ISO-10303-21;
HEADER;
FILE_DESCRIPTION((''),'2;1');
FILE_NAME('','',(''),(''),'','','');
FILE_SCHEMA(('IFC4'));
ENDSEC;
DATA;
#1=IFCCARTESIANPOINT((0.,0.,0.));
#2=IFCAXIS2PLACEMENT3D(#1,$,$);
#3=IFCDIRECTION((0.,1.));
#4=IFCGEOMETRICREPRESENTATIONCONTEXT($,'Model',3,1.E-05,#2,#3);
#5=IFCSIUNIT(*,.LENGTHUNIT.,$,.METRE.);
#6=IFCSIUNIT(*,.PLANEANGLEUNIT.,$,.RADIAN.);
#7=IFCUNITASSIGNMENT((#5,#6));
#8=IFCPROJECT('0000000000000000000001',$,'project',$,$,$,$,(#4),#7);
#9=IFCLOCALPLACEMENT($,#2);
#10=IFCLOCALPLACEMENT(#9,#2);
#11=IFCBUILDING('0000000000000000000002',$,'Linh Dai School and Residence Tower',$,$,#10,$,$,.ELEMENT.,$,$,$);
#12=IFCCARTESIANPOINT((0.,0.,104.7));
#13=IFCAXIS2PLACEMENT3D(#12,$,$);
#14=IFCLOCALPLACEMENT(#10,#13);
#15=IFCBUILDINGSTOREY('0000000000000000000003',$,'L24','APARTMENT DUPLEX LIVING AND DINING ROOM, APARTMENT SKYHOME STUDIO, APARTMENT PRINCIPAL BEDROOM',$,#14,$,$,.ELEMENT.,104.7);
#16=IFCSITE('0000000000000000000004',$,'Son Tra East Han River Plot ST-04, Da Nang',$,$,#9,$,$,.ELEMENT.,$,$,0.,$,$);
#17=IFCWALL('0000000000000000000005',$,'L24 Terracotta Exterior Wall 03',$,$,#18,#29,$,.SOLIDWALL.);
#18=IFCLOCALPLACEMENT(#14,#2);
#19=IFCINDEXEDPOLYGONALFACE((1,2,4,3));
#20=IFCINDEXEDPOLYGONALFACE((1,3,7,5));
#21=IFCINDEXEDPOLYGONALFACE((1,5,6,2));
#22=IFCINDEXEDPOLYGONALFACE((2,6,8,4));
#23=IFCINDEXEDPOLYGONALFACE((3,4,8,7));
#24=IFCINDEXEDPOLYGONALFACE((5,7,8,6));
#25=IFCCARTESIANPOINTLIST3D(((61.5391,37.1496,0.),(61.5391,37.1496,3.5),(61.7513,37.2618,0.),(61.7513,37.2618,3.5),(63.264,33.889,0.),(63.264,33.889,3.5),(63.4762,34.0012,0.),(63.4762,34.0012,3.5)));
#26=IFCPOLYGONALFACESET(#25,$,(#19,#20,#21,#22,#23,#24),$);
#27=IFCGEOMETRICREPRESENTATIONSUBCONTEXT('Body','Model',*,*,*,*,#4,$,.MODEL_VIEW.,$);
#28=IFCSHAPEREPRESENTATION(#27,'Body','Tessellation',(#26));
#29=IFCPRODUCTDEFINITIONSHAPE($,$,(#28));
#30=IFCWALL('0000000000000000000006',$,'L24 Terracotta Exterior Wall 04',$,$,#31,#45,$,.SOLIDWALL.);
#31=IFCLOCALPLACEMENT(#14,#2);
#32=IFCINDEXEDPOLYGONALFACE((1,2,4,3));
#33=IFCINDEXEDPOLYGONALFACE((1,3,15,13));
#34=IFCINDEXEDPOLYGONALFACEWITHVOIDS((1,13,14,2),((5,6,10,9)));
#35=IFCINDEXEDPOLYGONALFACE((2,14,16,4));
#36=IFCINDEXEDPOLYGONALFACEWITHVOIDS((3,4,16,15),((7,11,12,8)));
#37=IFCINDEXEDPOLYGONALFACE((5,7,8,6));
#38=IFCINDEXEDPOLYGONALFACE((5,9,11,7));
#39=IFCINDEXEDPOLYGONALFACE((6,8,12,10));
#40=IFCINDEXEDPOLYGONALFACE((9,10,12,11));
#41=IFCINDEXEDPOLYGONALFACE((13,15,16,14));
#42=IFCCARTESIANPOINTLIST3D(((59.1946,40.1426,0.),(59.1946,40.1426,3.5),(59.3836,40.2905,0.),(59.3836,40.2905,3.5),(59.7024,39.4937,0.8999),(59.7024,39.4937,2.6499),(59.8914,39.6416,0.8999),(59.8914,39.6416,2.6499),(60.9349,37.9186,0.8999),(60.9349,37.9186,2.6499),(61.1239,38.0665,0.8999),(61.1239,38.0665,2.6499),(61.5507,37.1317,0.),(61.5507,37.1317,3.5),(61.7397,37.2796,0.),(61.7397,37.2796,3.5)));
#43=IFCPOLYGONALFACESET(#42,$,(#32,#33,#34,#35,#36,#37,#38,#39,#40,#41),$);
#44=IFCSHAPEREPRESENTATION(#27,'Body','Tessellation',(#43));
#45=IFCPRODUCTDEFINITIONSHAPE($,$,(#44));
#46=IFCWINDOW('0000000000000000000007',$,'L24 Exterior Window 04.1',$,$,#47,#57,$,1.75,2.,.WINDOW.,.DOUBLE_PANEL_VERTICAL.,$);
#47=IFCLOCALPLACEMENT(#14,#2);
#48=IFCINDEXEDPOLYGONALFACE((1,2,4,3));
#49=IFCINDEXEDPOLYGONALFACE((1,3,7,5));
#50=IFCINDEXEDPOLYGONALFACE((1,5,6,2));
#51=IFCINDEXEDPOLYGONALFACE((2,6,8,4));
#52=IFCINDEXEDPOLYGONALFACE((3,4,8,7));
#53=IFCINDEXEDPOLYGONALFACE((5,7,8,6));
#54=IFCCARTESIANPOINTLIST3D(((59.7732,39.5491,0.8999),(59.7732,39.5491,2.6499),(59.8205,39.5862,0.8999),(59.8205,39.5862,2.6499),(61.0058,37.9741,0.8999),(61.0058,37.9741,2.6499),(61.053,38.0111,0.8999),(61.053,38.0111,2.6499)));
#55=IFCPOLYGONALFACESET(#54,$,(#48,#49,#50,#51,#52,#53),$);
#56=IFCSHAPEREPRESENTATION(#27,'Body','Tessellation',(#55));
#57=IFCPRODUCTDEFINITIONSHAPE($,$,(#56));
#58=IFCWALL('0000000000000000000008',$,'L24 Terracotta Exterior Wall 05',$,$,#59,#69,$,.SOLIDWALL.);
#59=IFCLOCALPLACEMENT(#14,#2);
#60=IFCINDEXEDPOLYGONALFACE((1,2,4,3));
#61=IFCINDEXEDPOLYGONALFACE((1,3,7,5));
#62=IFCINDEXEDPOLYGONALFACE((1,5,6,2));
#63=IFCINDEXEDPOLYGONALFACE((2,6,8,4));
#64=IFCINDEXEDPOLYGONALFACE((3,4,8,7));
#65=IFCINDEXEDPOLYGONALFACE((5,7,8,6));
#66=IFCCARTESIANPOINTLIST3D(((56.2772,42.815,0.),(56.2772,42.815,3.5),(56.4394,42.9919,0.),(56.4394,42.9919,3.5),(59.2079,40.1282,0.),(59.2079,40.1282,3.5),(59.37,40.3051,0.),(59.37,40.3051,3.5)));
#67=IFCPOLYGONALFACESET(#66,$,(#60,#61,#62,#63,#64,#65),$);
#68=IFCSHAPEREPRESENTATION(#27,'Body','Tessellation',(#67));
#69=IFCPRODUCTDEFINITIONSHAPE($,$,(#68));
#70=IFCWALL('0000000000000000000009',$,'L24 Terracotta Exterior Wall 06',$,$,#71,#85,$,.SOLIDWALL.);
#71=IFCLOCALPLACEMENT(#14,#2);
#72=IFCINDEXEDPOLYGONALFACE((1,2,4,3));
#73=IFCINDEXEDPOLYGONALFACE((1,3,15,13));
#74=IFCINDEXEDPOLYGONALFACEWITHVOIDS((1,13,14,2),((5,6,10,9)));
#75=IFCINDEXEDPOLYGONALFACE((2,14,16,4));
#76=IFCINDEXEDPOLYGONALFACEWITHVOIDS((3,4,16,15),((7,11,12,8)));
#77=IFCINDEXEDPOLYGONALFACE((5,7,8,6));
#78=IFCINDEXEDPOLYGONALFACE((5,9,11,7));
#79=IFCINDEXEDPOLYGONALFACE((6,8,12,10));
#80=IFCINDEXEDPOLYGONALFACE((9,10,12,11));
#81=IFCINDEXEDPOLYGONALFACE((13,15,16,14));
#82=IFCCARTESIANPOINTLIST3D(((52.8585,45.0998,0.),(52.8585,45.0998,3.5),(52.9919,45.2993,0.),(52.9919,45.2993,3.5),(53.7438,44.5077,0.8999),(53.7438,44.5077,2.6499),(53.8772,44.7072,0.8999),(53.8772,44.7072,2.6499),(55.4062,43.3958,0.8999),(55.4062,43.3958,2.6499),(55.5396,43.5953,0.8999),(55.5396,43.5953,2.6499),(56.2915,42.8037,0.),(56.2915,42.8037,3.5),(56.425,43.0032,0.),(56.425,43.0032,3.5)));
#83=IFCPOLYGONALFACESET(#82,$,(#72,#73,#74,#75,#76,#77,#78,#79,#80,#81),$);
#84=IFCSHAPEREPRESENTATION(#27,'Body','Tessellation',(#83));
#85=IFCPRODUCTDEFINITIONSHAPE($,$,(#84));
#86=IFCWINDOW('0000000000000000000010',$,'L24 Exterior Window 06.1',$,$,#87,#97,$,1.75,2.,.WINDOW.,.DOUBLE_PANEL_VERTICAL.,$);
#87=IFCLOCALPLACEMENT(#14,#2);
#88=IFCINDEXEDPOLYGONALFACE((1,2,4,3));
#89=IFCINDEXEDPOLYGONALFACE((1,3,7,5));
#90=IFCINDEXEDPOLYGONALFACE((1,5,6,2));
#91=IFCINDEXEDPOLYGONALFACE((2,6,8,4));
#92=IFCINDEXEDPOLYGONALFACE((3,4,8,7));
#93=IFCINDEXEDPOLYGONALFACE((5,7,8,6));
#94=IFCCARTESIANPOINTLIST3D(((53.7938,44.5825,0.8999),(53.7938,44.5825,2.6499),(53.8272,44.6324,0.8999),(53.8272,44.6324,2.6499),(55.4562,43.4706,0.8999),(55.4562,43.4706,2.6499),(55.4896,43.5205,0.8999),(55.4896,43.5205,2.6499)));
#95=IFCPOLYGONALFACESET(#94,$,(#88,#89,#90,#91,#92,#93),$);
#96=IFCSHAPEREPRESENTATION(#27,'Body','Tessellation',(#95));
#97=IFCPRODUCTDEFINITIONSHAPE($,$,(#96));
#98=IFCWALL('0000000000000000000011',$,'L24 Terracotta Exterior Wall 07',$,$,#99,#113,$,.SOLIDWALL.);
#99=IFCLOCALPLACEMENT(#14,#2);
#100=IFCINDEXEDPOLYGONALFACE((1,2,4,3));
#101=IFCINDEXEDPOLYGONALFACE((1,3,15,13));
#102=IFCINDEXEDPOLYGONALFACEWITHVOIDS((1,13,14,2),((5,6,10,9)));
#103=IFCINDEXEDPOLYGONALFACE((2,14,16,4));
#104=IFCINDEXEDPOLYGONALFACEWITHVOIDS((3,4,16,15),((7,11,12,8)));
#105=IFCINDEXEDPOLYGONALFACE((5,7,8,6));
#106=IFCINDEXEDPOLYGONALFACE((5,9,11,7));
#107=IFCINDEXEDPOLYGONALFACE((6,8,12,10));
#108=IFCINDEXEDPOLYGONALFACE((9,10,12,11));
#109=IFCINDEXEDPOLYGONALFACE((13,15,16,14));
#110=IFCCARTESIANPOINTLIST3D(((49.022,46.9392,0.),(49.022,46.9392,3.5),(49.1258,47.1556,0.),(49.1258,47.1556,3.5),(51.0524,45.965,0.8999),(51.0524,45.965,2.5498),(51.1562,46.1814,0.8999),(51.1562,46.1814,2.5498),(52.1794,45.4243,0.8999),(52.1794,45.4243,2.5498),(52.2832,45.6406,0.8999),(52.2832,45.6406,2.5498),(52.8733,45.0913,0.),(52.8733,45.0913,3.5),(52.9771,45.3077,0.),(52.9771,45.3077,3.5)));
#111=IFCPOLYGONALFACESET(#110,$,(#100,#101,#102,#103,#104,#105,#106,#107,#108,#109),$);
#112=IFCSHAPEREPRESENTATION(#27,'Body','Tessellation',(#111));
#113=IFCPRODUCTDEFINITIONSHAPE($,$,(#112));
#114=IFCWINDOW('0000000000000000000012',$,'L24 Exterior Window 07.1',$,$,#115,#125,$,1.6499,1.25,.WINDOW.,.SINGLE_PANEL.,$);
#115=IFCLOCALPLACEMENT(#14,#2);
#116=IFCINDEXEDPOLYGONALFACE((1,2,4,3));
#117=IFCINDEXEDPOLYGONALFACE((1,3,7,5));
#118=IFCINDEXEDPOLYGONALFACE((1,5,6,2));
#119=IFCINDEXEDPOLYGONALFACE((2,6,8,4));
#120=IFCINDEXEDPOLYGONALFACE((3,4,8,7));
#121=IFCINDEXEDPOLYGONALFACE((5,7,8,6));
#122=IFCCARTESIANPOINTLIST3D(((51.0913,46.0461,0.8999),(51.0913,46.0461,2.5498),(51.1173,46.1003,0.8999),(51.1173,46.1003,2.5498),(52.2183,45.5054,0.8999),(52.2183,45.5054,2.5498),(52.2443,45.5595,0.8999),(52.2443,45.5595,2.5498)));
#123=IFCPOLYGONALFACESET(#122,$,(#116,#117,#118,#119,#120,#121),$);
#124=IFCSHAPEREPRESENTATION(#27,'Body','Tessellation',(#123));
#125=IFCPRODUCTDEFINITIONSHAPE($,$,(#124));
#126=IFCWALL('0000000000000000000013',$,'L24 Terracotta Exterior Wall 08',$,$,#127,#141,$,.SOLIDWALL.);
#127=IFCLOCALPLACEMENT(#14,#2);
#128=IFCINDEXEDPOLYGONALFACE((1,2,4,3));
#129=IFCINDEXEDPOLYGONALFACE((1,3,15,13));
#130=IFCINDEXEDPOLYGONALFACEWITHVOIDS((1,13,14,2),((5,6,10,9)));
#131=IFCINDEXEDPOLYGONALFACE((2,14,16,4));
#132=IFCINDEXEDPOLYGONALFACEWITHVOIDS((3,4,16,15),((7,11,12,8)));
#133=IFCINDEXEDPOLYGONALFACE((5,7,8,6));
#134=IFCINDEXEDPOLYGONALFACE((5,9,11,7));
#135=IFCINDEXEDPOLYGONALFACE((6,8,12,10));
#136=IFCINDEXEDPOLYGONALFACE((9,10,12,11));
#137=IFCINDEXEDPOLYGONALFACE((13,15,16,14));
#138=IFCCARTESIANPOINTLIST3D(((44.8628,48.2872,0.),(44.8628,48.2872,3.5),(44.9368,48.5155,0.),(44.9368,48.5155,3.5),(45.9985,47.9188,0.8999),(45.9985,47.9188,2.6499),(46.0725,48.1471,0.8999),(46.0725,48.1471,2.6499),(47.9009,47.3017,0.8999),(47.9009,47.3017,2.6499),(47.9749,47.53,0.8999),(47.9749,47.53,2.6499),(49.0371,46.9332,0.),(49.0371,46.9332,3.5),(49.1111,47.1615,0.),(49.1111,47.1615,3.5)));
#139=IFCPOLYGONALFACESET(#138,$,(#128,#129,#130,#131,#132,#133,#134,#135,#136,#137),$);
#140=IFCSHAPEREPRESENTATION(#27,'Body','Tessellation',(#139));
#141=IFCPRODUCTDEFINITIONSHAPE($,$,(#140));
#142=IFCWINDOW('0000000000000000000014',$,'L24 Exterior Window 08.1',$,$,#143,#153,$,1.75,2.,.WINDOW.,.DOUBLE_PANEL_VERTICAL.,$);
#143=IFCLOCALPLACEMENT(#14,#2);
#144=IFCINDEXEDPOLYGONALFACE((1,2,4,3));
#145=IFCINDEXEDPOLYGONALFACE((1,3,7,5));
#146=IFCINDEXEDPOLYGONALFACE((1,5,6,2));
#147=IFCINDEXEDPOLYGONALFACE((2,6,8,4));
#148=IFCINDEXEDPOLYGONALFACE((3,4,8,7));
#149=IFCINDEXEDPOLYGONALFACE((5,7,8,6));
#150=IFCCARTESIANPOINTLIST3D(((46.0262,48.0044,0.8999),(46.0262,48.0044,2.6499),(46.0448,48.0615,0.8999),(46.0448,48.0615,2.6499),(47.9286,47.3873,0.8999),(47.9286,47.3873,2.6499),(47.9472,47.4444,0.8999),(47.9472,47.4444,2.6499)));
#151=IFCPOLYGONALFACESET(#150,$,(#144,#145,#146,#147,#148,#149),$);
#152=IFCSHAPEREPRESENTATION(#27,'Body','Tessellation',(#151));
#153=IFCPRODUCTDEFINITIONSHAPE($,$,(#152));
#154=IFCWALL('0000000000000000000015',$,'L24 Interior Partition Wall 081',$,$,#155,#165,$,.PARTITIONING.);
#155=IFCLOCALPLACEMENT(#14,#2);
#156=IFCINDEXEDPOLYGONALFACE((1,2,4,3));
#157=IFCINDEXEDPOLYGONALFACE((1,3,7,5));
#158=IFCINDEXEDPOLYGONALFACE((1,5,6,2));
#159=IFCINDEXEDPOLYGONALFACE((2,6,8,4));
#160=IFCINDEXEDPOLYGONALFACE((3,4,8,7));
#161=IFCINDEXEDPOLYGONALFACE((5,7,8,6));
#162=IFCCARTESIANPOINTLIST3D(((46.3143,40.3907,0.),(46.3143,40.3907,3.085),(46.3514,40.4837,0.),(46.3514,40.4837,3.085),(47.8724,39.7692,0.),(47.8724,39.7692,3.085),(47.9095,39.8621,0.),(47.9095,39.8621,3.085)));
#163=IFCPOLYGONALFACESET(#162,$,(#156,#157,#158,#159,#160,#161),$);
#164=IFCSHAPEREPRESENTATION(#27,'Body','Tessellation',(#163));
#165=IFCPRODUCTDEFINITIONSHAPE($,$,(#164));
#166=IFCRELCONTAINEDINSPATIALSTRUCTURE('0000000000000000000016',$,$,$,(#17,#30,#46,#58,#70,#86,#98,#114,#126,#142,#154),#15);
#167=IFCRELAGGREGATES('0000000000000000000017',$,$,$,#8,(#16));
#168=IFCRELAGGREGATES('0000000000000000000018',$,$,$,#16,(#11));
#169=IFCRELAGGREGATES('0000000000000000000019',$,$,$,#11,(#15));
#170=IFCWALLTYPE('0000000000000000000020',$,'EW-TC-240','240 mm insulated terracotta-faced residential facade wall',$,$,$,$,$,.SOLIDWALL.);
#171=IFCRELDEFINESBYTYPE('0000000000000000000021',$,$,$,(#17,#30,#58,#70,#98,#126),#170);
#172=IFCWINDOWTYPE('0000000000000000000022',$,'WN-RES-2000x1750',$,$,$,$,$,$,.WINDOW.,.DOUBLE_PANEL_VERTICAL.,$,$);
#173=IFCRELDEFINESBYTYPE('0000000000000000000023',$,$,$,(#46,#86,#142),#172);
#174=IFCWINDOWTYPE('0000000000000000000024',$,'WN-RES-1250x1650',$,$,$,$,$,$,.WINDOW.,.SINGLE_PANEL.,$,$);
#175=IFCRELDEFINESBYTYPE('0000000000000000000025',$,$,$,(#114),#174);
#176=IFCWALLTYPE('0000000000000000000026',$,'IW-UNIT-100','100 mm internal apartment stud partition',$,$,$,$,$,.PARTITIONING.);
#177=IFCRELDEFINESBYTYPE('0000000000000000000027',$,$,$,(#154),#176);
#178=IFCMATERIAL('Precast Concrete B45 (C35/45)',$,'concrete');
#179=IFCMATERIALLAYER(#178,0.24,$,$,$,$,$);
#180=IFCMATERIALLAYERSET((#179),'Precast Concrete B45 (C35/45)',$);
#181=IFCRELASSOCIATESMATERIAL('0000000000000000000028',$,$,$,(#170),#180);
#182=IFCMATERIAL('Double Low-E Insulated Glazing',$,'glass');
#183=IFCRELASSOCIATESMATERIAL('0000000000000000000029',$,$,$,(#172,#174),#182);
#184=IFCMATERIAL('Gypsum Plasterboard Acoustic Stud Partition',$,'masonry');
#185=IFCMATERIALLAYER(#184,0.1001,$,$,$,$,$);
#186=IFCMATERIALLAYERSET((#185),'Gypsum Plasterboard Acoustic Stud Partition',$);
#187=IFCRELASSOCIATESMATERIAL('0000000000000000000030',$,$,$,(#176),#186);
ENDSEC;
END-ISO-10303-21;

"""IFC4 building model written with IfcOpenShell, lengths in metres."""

from ifc_helpers import new_model, si_unit, direction, frame, frame_2d, origin, origin_2d, place, context, subcontext, project, spatial, rectangle, extrude, source, transform, mapped, material, layer, layer_set, type_object, element, fill, save


model = new_model("IFC4")

# Units and contexts
model_context = context("Model", 3, precision=1e-05, world=origin(), true_north=direction((0.0, 1.0)))
body_context = subcontext(model_context, "Body", "Model", "MODEL_VIEW")
ifc_project = project(units=[si_unit("LENGTHUNIT", "METRE"), si_unit("PLANEANGLEUNIT", "RADIAN")], contexts=[model_context])

# Site, building, storey
site_placement = place(None, origin())
site = spatial("IfcSite", under=ifc_project, at=site_placement, Name="Son Tra East Han River Plot ST-04, Da Nang", CompositionType="ELEMENT", RefElevation=0.0)
building_placement = place(site_placement, origin())
building = spatial("IfcBuilding", under=site, at=building_placement, Name="Linh Dai School and Residence Tower", CompositionType="ELEMENT")
storey_placement = place(building_placement, frame((0.0, 0.0, 104.7)))
storey = spatial("IfcBuildingStorey", under=building, at=storey_placement, Name="L24", Description="APARTMENT DUPLEX LIVING AND DINING ROOM, APARTMENT SKYHOME STUDIO, APARTMENT PRINCIPAL BEDROOM", CompositionType="ELEMENT", Elevation=104.7)

# Shared definitions
ifc_material_1 = material(Name="Precast Concrete B45 (C35/45)", Category="concrete")

# Wall
ifc_layer_1 = layer(ifc_material_1, 0.24)
ifc_layer_set_1 = layer_set([ifc_layer_1], Name="Precast Concrete B45 (C35/45)")
wall_type_1 = type_object("IfcWallType", Name="EW-TC-240", Description="240 mm insulated terracotta-faced residential facade wall", PredefinedType="SOLIDWALL", material=ifc_layer_set_1)
wall_1_placement = place(storey_placement, frame((61.6453, 37.2056, 0.0), z_axis=(0.0, 0.0, 1.0), x_axis=(0.467614, -0.883933, 0.0)))
element("IfcWall", 1, at=wall_1_placement, inside=storey, type_object=wall_type_1, Name="L24 Terracotta Exterior Wall 03", PredefinedType="SOLIDWALL", context=body_context, shape_type="SweptSolid", body=[
    extrude(rectangle(XDim=3.6887, YDim=0.24, at=frame_2d((1.8442, 0.0))), origin(), (0.0, 0.0, 1.0), 3.5),
])

# Wall, opening, window
wall_2_placement = place(storey_placement, frame((59.2891, 40.2166, 0.0), z_axis=(0.0, 0.0, 1.0), x_axis=(0.616272, -0.787533, 0.0)))
wall_2 = element("IfcWall", 2, at=wall_2_placement, inside=storey, type_object=wall_type_1, Name="L24 Terracotta Exterior Wall 04", PredefinedType="SOLIDWALL", context=body_context, shape_type="SweptSolid", body=[
    extrude(rectangle(XDim=3.8232, YDim=0.24, at=frame_2d((1.9116, 0.0))), origin(), (0.0, 0.0, 1.0), 3.5),
])
opening_1_placement = place(wall_2_placement, frame((0.824, 0.0, 0.8999)))
opening_1 = element("IfcOpeningElement", 3, at=opening_1_placement, cuts=wall_2, PredefinedType="OPENING", context=body_context, shape_type="SweptSolid", body=[
    extrude(rectangle(XDim=2.0, YDim=1.75, at=origin_2d()), frame((1.0, 0.1299, 0.875), z_axis=(0.0, -1.0, 0.0), x_axis=(1.0, 0.0, 0.0)), (0.0, 0.0, 1.0), 0.26),
])
ifc_material_2 = material(Name="Double Low-E Insulated Glazing", Category="glass")
window_type_1 = type_object("IfcWindowType", Name="WN-RES-2000x1750", PartitioningType="DOUBLE_PANEL_VERTICAL", PredefinedType="WINDOW", material=ifc_material_2)
shared_shape_1 = source(origin(), body_context, "Body", "SweptSolid", [
    extrude(rectangle(XDim=2.0, YDim=1.75, at=origin_2d()), frame((1.0, 0.03, 0.875), z_axis=(0.0, -1.0, 0.0), x_axis=(1.0, 0.0, 0.0)), (0.0, 0.0, 1.0), 0.0601),
])
window_1_placement = place(opening_1_placement, origin())
window_1 = element("IfcWindow", 4, at=window_1_placement, inside=storey, type_object=window_type_1, Name="L24 Exterior Window 04.1", OverallHeight=1.75, OverallWidth=2.0, PartitioningType="DOUBLE_PANEL_VERTICAL", PredefinedType="WINDOW", context=body_context, shape_type="MappedRepresentation", body=[
    mapped(shared_shape_1, transform((0.0, 0.0, 0.0), x_axis=(1.0, 0.0, 0.0), y_axis=(0.0, 1.0, 0.0), z_axis=(0.0, 0.0, 1.0), scale=1.0)),
])
fill(opening_1, window_1)

# Wall
wall_3_placement = place(storey_placement, frame((56.3584, 42.9033, 0.0), z_axis=(0.0, 0.0, 1.0), x_axis=(0.737113, -0.675769, 0.0)))
element("IfcWall", 5, at=wall_3_placement, inside=storey, type_object=wall_type_1, Name="L24 Terracotta Exterior Wall 05", PredefinedType="SOLIDWALL", context=body_context, shape_type="SweptSolid", body=[
    extrude(rectangle(XDim=3.9758, YDim=0.24, at=frame_2d((1.9878, 0.0))), origin(), (0.0, 0.0, 1.0), 3.5),
])

# Walls, openings, windows
wall_4_placement = place(storey_placement, frame((52.9253, 45.1995, 0.0), z_axis=(0.0, 0.0, 1.0), x_axis=(0.831222, -0.555941, 0.0)))
wall_4 = element("IfcWall", 6, at=wall_4_placement, inside=storey, type_object=wall_type_1, Name="L24 Terracotta Exterior Wall 06", PredefinedType="SOLIDWALL", context=body_context, shape_type="SweptSolid", body=[
    extrude(rectangle(XDim=4.1301, YDim=0.24, at=frame_2d((2.0649, 0.0))), origin(), (0.0, 0.0, 1.0), 3.5),
])
opening_2_placement = place(wall_4_placement, frame((1.0649, 0.0, 0.8999)))
opening_2 = element("IfcOpeningElement", 7, at=opening_2_placement, cuts=wall_4, PredefinedType="OPENING", context=body_context, shape_type="SweptSolid", body=[
    extrude(rectangle(XDim=2.0, YDim=1.75, at=origin_2d()), frame((1.0, 0.1299, 0.875), z_axis=(0.0, -1.0, 0.0), x_axis=(1.0, 0.0, 0.0)), (0.0, 0.0, 1.0), 0.26),
])
window_2_placement = place(opening_2_placement, origin())
window_2 = element("IfcWindow", 8, at=window_2_placement, inside=storey, type_object=window_type_1, Name="L24 Exterior Window 06.1", OverallHeight=1.75, OverallWidth=2.0, PartitioningType="DOUBLE_PANEL_VERTICAL", PredefinedType="WINDOW", context=body_context, shape_type="MappedRepresentation", body=[
    mapped(shared_shape_1, transform((0.0, 0.0, 0.0), x_axis=(1.0, 0.0, 0.0), y_axis=(0.0, 1.0, 0.0), z_axis=(0.0, 0.0, 1.0), scale=1.0)),
])
fill(opening_2, window_2)
wall_5_placement = place(storey_placement, frame((49.074, 47.0474, 0.0), z_axis=(0.0, 0.0, 1.0), x_axis=(0.90159, -0.432592, 0.0)))
wall_5 = element("IfcWall", 9, at=wall_5_placement, inside=storey, type_object=wall_type_1, Name="L24 Terracotta Exterior Wall 07", PredefinedType="SOLIDWALL", context=body_context, shape_type="SweptSolid", body=[
    extrude(rectangle(XDim=4.2717, YDim=0.24, at=frame_2d((2.1357, 0.0))), origin(), (0.0, 0.0, 1.0), 3.5),
])
opening_3_placement = place(wall_5_placement, frame((2.252, 0.0, 0.8999)))
opening_3 = element("IfcOpeningElement", 10, at=opening_3_placement, cuts=wall_5, PredefinedType="OPENING", context=body_context, shape_type="SweptSolid", body=[
    extrude(rectangle(XDim=1.25, YDim=1.6499, at=origin_2d()), frame((0.625, 0.1299, 0.825), z_axis=(0.0, -1.0, 0.0), x_axis=(1.0, 0.0, 0.0)), (0.0, 0.0, 1.0), 0.26),
])
window_type_2 = type_object("IfcWindowType", Name="WN-RES-1250x1650", PartitioningType="SINGLE_PANEL", PredefinedType="WINDOW", material=ifc_material_2)
shared_shape_2 = source(origin(), body_context, "Body", "SweptSolid", [
    extrude(rectangle(XDim=1.25, YDim=1.6499, at=origin_2d()), frame((0.625, 0.03, 0.825), z_axis=(0.0, -1.0, 0.0), x_axis=(1.0, 0.0, 0.0)), (0.0, 0.0, 1.0), 0.0601),
])
window_3_placement = place(opening_3_placement, origin())
window_3 = element("IfcWindow", 11, at=window_3_placement, inside=storey, type_object=window_type_2, Name="L24 Exterior Window 07.1", OverallHeight=1.6499, OverallWidth=1.25, PartitioningType="SINGLE_PANEL", PredefinedType="WINDOW", context=body_context, shape_type="MappedRepresentation", body=[
    mapped(shared_shape_2, transform((0.0, 0.0, 0.0), x_axis=(1.0, 0.0, 0.0), y_axis=(0.0, 1.0, 0.0), z_axis=(0.0, 0.0, 1.0), scale=1.0)),
])
fill(opening_3, window_3)
wall_6_placement = place(storey_placement, frame((44.8997, 48.4014, 0.0), z_axis=(0.0, 0.0, 1.0), x_axis=(0.951211, -0.30854, 0.0)))
wall_6 = element("IfcWall", 12, at=wall_6_placement, inside=storey, type_object=wall_type_1, Name="L24 Terracotta Exterior Wall 08", PredefinedType="SOLIDWALL", context=body_context, shape_type="SweptSolid", body=[
    extrude(rectangle(XDim=4.3884, YDim=0.24, at=frame_2d((2.1943, 0.0))), origin(), (0.0, 0.0, 1.0), 3.5),
])
opening_4_placement = place(wall_6_placement, frame((1.1941, 0.0, 0.8999)))
opening_4 = element("IfcOpeningElement", 13, at=opening_4_placement, cuts=wall_6, PredefinedType="OPENING", context=body_context, shape_type="SweptSolid", body=[
    extrude(rectangle(XDim=2.0, YDim=1.75, at=origin_2d()), frame((1.0, 0.1299, 0.875), z_axis=(0.0, -1.0, 0.0), x_axis=(1.0, 0.0, 0.0)), (0.0, 0.0, 1.0), 0.26),
])
window_4_placement = place(opening_4_placement, origin())
window_4 = element("IfcWindow", 14, at=window_4_placement, inside=storey, type_object=window_type_1, Name="L24 Exterior Window 08.1", OverallHeight=1.75, OverallWidth=2.0, PartitioningType="DOUBLE_PANEL_VERTICAL", PredefinedType="WINDOW", context=body_context, shape_type="MappedRepresentation", body=[
    mapped(shared_shape_1, transform((0.0, 0.0, 0.0), x_axis=(1.0, 0.0, 0.0), y_axis=(0.0, 1.0, 0.0), z_axis=(0.0, 0.0, 1.0), scale=1.0)),
])
fill(opening_4, window_4)

# Wall
ifc_material_3 = material(Name="Gypsum Plasterboard Acoustic Stud Partition", Category="masonry")
ifc_layer_2 = layer(ifc_material_3, 0.1001)
ifc_layer_set_2 = layer_set([ifc_layer_2], Name="Gypsum Plasterboard Acoustic Stud Partition")
wall_type_2 = type_object("IfcWallType", Name="IW-UNIT-100", Description="100 mm internal apartment stud partition", PredefinedType="PARTITIONING", material=ifc_layer_set_2)
wall_7_placement = place(storey_placement, frame((46.3328, 40.4373, 0.0), z_axis=(0.0, 0.0, 1.0), x_axis=(0.928818, -0.370537, 0.0)))
element("IfcWall", 15, at=wall_7_placement, inside=storey, type_object=wall_type_2, Name="L24 Interior Partition Wall 081", PredefinedType="PARTITIONING", context=body_context, shape_type="SweptSolid", body=[
    extrude(rectangle(XDim=1.6775, YDim=0.1001, at=frame_2d((0.8389, 0.0))), origin(), (0.0, 0.0, 1.0), 3.085),
])

save(model, "model.ifc")
